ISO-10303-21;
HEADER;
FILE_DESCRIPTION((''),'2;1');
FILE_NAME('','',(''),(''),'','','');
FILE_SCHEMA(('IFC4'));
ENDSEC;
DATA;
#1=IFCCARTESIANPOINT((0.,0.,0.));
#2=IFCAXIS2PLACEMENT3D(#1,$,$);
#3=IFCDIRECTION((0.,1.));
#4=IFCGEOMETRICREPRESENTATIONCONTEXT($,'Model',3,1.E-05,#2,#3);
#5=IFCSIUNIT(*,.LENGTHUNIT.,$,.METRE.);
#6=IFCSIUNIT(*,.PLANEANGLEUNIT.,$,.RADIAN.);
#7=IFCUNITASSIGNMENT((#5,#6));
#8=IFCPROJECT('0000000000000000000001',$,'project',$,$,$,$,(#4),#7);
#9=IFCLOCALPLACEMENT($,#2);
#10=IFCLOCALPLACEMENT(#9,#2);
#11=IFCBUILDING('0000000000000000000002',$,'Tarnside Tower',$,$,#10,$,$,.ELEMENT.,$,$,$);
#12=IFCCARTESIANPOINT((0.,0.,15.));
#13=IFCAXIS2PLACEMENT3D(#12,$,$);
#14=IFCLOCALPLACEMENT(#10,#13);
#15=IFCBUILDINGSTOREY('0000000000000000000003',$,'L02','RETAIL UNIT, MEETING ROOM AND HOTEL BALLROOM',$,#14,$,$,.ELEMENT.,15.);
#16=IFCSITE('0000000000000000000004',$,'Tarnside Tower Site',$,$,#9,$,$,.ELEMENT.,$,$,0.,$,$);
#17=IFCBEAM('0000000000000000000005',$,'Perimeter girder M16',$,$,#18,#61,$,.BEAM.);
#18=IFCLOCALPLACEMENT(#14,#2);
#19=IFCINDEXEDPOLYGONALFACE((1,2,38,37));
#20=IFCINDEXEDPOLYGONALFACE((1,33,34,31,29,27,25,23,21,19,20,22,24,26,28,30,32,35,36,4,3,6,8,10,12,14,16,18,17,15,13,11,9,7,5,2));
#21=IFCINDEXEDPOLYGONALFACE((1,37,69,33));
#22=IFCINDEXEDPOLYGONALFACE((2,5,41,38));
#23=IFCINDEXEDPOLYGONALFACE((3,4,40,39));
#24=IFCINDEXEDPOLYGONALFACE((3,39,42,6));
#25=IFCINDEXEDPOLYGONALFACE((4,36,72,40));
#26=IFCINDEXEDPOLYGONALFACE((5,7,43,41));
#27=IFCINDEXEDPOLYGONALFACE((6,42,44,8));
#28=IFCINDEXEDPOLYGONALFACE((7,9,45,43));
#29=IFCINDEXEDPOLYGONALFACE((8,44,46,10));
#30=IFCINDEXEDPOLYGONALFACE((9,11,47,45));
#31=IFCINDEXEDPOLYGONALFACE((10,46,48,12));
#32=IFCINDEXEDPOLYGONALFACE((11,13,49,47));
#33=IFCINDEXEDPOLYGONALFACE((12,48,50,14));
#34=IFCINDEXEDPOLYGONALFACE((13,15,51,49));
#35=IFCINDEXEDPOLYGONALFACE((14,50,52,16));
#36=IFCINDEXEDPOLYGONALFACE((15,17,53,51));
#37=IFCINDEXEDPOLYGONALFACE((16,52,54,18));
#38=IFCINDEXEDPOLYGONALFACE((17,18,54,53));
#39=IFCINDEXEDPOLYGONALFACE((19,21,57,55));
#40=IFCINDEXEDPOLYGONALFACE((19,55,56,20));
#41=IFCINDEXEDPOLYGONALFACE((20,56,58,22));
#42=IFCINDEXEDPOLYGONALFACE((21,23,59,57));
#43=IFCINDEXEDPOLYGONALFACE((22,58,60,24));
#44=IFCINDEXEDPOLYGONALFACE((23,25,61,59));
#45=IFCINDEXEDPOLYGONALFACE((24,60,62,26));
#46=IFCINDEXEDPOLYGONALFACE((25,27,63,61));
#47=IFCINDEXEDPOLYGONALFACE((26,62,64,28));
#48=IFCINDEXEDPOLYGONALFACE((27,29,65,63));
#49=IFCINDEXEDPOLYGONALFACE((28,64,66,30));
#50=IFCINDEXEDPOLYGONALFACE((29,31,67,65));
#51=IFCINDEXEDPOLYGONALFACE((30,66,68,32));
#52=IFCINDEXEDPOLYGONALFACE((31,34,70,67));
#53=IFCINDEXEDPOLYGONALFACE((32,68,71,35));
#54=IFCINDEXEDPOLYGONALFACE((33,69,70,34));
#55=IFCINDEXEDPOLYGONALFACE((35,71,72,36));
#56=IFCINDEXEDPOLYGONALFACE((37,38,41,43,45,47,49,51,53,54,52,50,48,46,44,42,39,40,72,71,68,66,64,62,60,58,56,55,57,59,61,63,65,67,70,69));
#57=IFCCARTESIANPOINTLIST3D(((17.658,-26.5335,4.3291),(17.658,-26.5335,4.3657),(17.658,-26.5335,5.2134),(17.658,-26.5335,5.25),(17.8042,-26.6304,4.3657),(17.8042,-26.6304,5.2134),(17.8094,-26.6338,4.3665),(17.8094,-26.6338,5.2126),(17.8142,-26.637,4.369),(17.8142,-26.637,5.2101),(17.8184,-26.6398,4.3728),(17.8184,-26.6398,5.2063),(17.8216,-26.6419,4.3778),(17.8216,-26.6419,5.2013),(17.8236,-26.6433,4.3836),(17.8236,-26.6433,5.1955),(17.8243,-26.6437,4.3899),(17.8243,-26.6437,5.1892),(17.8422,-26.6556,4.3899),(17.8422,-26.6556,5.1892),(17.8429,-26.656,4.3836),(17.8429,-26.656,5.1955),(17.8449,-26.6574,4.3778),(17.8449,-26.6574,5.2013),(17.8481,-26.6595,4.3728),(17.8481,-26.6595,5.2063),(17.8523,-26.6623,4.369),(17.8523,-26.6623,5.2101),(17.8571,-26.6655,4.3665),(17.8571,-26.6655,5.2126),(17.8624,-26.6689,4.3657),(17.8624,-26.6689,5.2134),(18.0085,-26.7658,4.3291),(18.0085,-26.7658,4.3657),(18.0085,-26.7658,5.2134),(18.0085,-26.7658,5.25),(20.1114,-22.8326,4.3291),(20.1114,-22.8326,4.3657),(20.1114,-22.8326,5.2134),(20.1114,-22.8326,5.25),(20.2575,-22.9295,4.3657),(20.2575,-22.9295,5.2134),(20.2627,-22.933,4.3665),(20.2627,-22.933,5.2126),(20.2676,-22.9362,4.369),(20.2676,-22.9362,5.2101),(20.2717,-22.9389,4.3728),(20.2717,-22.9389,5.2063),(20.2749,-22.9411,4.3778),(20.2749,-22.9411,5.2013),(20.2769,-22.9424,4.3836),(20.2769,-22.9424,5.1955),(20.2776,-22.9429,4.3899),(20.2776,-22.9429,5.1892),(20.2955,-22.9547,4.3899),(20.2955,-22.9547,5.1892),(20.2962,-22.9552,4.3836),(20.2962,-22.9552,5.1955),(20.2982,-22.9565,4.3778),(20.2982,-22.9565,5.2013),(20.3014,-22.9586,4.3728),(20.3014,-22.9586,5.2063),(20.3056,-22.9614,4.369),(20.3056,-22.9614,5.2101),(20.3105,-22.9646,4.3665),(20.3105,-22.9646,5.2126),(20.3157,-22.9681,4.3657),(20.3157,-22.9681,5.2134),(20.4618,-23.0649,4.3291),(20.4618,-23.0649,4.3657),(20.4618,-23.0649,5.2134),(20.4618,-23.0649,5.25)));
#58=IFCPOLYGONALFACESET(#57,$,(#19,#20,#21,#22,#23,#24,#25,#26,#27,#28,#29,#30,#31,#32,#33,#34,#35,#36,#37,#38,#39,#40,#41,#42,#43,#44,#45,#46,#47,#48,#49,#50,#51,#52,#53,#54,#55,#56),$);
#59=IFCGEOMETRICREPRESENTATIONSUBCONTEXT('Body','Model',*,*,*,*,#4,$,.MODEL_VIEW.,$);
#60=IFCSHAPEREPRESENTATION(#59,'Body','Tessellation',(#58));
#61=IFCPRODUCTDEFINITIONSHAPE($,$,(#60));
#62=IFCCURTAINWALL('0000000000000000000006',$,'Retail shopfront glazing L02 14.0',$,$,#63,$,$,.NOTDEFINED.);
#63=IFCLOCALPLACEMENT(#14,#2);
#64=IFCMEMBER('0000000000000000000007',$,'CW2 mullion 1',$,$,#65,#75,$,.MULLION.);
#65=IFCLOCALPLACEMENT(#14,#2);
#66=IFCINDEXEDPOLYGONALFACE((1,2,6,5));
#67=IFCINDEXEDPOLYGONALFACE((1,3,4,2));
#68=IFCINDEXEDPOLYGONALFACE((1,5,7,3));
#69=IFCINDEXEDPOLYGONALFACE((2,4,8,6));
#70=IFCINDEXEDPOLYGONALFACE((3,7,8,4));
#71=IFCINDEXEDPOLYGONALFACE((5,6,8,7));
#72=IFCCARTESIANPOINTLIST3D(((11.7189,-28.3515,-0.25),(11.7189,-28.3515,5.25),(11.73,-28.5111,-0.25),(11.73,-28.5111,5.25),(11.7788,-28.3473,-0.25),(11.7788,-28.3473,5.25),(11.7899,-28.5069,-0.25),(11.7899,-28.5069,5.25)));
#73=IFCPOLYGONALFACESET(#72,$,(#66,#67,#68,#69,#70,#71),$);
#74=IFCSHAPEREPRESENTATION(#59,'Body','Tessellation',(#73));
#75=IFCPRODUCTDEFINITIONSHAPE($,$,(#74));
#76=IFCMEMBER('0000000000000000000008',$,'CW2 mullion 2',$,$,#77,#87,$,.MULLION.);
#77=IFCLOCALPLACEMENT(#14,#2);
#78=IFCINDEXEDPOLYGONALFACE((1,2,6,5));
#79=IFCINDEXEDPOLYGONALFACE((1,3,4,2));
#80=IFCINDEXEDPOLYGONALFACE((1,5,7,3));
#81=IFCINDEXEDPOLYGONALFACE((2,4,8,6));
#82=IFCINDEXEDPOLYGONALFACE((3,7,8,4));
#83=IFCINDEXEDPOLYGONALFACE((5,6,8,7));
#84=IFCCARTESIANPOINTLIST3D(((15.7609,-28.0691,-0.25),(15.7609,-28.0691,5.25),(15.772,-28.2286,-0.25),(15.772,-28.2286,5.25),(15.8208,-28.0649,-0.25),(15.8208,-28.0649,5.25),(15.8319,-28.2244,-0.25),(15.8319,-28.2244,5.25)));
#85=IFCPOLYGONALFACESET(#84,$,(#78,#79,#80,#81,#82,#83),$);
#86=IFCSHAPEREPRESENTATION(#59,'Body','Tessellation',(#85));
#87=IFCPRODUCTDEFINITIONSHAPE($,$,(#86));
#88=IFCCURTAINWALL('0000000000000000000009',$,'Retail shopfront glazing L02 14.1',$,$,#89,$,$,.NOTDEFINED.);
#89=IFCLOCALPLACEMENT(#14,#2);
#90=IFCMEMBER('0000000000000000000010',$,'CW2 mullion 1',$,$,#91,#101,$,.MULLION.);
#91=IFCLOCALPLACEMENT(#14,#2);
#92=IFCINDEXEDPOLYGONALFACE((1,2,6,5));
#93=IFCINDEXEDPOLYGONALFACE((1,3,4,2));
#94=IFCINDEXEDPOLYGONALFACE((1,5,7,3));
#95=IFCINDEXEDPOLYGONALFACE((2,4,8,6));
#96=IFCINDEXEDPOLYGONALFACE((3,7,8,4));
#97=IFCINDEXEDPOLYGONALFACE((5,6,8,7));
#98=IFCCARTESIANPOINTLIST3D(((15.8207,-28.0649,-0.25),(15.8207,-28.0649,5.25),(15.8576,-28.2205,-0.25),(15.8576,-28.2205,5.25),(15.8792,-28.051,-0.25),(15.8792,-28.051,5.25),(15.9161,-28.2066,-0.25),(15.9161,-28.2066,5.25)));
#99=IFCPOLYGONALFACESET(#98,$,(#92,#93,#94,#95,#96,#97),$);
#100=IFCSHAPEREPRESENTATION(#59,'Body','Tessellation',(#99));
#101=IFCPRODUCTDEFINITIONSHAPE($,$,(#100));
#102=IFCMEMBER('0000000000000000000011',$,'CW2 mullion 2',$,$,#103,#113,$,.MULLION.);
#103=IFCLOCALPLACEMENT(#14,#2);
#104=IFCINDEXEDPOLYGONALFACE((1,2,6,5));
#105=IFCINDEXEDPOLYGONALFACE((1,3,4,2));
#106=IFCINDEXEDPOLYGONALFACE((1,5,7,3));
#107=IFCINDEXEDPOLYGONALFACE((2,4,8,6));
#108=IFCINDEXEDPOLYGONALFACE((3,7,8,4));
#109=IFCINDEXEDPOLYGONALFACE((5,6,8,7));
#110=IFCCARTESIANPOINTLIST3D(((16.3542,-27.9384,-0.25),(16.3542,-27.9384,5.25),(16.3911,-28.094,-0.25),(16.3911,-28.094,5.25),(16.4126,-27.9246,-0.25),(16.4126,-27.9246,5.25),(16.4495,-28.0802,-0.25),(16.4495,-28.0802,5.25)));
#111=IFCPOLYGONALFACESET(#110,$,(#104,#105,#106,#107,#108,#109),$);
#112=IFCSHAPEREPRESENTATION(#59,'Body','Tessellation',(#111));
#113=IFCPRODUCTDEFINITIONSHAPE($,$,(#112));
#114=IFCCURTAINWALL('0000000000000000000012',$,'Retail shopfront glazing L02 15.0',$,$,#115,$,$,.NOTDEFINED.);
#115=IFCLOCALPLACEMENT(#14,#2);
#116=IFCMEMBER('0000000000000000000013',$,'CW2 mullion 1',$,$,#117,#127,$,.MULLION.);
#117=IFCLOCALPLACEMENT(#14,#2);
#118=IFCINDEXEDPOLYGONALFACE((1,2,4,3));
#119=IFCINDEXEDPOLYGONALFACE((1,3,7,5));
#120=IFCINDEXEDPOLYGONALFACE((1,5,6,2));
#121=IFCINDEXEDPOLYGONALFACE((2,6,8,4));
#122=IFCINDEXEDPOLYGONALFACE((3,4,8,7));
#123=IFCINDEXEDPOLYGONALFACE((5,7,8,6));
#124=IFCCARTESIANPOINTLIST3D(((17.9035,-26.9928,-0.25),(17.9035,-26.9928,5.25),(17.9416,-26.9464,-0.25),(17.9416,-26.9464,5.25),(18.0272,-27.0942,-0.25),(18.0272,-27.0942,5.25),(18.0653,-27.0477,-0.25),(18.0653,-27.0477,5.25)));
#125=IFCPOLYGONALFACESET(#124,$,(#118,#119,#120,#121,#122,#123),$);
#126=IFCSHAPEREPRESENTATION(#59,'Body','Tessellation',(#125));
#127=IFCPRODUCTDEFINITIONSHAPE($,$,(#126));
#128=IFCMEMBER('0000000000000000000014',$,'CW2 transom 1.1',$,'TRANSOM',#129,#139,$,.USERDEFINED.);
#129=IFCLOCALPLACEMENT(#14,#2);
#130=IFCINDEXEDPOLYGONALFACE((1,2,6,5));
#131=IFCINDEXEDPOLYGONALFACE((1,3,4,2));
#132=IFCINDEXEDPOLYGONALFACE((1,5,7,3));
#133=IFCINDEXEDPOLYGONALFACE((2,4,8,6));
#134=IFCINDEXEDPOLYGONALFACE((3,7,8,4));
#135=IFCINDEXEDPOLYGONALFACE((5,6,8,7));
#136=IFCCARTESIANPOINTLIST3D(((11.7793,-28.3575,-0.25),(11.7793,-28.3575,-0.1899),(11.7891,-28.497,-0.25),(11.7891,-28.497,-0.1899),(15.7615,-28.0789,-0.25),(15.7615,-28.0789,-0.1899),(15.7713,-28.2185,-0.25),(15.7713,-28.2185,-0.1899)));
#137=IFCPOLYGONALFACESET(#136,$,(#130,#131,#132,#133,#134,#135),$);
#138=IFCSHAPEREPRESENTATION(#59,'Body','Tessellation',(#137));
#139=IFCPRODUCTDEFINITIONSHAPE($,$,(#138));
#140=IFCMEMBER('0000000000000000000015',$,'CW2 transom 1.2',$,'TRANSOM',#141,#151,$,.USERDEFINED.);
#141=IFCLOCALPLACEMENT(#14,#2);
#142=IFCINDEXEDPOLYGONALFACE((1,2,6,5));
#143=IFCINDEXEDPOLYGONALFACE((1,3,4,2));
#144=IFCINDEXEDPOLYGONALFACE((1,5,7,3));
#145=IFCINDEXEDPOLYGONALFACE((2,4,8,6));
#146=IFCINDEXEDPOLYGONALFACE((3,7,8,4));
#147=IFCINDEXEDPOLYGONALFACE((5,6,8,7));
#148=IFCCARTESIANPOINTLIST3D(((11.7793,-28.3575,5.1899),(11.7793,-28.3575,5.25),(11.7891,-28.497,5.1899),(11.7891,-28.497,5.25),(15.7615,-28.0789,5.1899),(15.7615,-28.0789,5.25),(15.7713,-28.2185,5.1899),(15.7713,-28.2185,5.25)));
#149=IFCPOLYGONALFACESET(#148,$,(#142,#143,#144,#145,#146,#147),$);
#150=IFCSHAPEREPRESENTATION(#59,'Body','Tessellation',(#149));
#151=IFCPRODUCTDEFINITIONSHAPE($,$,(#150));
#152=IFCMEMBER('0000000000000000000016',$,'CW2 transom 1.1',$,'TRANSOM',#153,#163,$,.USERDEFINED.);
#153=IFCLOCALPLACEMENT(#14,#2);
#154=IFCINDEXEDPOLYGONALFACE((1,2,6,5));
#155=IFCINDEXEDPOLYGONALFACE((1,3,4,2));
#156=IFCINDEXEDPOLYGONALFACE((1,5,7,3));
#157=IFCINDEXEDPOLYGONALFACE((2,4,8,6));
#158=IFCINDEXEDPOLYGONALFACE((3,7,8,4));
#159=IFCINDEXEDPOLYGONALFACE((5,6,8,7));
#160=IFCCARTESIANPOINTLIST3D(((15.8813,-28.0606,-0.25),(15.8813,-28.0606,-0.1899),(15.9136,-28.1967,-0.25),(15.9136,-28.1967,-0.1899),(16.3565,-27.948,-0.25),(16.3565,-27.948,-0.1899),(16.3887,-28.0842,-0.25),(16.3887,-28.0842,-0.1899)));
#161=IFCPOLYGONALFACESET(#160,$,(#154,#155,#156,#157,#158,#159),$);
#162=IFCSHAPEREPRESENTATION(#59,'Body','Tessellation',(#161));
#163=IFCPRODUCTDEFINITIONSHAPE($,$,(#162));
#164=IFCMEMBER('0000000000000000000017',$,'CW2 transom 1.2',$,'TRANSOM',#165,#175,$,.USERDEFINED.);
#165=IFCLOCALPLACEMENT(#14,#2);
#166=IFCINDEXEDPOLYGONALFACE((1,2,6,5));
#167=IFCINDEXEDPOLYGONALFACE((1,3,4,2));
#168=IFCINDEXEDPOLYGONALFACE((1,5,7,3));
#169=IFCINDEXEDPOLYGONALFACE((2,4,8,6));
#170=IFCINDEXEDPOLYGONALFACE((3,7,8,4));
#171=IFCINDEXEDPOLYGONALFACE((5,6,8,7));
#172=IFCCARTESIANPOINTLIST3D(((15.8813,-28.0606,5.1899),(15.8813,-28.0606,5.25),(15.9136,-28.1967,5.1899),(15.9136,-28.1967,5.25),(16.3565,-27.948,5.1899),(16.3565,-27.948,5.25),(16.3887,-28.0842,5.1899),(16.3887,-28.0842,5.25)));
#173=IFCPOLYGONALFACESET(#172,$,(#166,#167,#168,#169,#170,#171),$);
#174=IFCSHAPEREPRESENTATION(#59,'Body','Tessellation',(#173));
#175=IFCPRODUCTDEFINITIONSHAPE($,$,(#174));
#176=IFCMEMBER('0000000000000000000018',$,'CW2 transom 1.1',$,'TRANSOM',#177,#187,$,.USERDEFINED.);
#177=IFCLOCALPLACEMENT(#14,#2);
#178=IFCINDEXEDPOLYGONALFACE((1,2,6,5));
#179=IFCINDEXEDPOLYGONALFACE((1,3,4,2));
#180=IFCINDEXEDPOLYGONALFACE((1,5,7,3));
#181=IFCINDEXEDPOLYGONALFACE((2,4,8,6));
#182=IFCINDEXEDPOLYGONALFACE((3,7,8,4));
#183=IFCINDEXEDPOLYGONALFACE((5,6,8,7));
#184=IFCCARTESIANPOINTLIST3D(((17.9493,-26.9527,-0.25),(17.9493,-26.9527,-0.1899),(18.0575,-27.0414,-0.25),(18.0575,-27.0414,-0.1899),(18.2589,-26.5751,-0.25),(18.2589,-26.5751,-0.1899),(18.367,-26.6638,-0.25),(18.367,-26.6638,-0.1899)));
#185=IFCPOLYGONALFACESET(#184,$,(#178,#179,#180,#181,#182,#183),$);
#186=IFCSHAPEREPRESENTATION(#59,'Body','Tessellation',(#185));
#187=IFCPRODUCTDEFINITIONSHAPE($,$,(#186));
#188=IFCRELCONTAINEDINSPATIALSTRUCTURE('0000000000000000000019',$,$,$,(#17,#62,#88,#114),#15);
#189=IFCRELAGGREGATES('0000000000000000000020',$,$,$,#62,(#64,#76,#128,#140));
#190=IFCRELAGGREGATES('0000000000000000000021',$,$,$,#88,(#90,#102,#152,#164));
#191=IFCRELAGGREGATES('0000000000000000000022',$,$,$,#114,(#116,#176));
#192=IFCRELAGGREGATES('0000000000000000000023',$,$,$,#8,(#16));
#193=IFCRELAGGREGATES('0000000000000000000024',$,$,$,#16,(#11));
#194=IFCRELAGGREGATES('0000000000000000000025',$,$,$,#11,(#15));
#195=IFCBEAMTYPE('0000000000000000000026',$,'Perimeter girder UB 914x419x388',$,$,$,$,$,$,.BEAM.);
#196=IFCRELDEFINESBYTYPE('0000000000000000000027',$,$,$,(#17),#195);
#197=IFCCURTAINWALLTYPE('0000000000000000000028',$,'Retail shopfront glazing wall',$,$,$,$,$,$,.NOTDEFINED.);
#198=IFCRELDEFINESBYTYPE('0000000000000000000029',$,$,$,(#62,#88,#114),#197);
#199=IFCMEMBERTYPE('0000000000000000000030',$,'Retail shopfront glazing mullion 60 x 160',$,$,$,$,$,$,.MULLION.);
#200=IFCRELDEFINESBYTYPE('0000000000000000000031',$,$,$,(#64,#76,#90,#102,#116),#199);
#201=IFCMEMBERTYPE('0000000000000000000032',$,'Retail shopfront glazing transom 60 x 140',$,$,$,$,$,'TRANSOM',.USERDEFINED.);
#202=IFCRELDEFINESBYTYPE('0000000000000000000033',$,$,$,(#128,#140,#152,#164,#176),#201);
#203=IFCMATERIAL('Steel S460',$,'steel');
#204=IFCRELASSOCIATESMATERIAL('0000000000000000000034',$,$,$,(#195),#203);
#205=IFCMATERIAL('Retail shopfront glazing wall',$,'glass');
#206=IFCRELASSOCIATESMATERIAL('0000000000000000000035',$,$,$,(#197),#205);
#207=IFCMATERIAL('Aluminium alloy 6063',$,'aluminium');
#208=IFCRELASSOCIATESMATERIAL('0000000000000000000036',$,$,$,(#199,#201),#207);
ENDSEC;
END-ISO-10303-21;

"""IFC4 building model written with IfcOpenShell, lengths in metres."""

from ifc_helpers import new_model, si_unit, direction, frame, origin, origin_2d, place, context, subcontext, project, spatial, rectangle, i_section, extrude, material, material_profile, profile_set, type_object, element, aggregate, save


model = new_model("IFC4")

# Units and contexts
model_context = context("Model", 3, precision=1e-05, world=origin(), true_north=direction((0.0, 1.0)))
body_context = subcontext(model_context, "Body", "Model", "MODEL_VIEW")
ifc_project = project(units=[si_unit("LENGTHUNIT", "METRE"), si_unit("PLANEANGLEUNIT", "RADIAN")], contexts=[model_context])

# Site, building, storey
site_placement = place(None, origin())
site = spatial("IfcSite", under=ifc_project, at=site_placement, Name="Tarnside Tower Site", CompositionType="ELEMENT", RefElevation=0.0)
building_placement = place(site_placement, origin())
building = spatial("IfcBuilding", under=site, at=building_placement, Name="Tarnside Tower", CompositionType="ELEMENT")
storey_placement = place(building_placement, frame((0.0, 0.0, 15.0)))
storey = spatial("IfcBuildingStorey", under=building, at=storey_placement, Name="L02", Description="RETAIL UNIT, MEETING ROOM AND HOTEL BALLROOM", CompositionType="ELEMENT", Elevation=15.0)

# Beam
ifc_material_1 = material(Name="Steel S460", Category="steel")
ifc_material_profile_1 = material_profile(ifc_material_1, i_section(OverallWidth=0.4204, OverallDepth=0.9209, WebThickness=0.0215, FlangeThickness=0.0366, FilletRadius=0.0242, at=origin_2d()), Name="UB 914x419x388")
ifc_profile_set_1 = profile_set([ifc_material_profile_1], Name="Steel S460")
beam_type_1 = type_object("IfcBeamType", Name="Perimeter girder UB 914x419x388", PredefinedType="BEAM", material=ifc_profile_set_1)
for number, where, z_axis, x_axis, name in (
    (1, (17.8333, -26.6497, 4.7896), (0.552529, 0.833494, 0.0), (-0.833494, 0.552529, 0.0), "Perimeter girder M16"),
):
    element("IfcBeam", number, at=place(storey_placement, frame(where, z_axis=z_axis, x_axis=x_axis)), inside=storey, type_object=beam_type_1, Name=name, PredefinedType="BEAM", context=body_context, shape_type="SweptSolid", body=[
        extrude(i_section(OverallWidth=0.4204, OverallDepth=0.9209, WebThickness=0.0215, FlangeThickness=0.0366, FilletRadius=0.0242, at=origin_2d()), origin(), (0.0, 0.0, 1.0), 4.4402),
    ])

# Curtain walls, members
ifc_material_2 = material(Name="Retail shopfront glazing wall", Category="glass")
curtain_wall_type = type_object("IfcCurtainWallType", Name="Retail shopfront glazing wall", PredefinedType="NOTDEFINED", material=ifc_material_2)
curtain_wall_1_placement = place(storey_placement, origin())
curtain_wall_1 = element("IfcCurtainWall", 2, at=curtain_wall_1_placement, inside=storey, type_object=curtain_wall_type, Name="Retail shopfront glazing L02 14.0", PredefinedType="NOTDEFINED")
ifc_material_3 = material(Name="Aluminium alloy 6063", Category="aluminium")
ifc_material_profile_2 = material_profile(ifc_material_3, rectangle(XDim=0.1599, YDim=0.0601, at=origin_2d()), Name="Retail shopfront glazing mullion 60 x 160")
ifc_profile_set_2 = profile_set([ifc_material_profile_2], Name="Aluminium alloy 6063")
member_type_1 = type_object("IfcMemberType", Name="Retail shopfront glazing mullion 60 x 160", PredefinedType="MULLION", material=ifc_profile_set_2)
member_1_placement = place(storey_placement, frame((11.7544, -28.4292, -0.25), z_axis=(0.0, 0.0, 1.0), x_axis=(-0.069756, 0.997564, 0.0)))
member_1 = element("IfcMember", 3, at=member_1_placement, type_object=member_type_1, Name="CW2 mullion 1", PredefinedType="MULLION", context=body_context, shape_type="SweptSolid", body=[
    extrude(rectangle(XDim=0.1599, YDim=0.0601, at=origin_2d()), origin(), (0.0, 0.0, 1.0), 5.5),
])
member_2_placement = place(storey_placement, frame((15.7964, -28.1467, -0.25), z_axis=(0.0, 0.0, 1.0), x_axis=(-0.069756, 0.997564, 0.0)))
member_2 = element("IfcMember", 4, at=member_2_placement, type_object=member_type_1, Name="CW2 mullion 2", PredefinedType="MULLION", context=body_context, shape_type="SweptSolid", body=[
    extrude(rectangle(XDim=0.1599, YDim=0.0601, at=origin_2d()), origin(), (0.0, 0.0, 1.0), 5.5),
])
curtain_wall_2_placement = place(storey_placement, origin())
curtain_wall_2 = element("IfcCurtainWall", 5, at=curtain_wall_2_placement, inside=storey, type_object=curtain_wall_type, Name="Retail shopfront glazing L02 14.1", PredefinedType="NOTDEFINED")
member_3_placement = place(storey_placement, frame((15.8684, -28.1357, -0.25), z_axis=(0.0, 0.0, 1.0), x_axis=(-0.230616, 0.973045, 0.0)))
member_3 = element("IfcMember", 6, at=member_3_placement, type_object=member_type_1, Name="CW2 mullion 1", PredefinedType="MULLION", context=body_context, shape_type="SweptSolid", body=[
    extrude(rectangle(XDim=0.1599, YDim=0.0601, at=origin_2d()), origin(), (0.0, 0.0, 1.0), 5.5),
])
member_4_placement = place(storey_placement, frame((16.4019, -28.0093, -0.25), z_axis=(0.0, 0.0, 1.0), x_axis=(-0.230616, 0.973045, 0.0)))
member_4 = element("IfcMember", 7, at=member_4_placement, type_object=member_type_1, Name="CW2 mullion 2", PredefinedType="MULLION", context=body_context, shape_type="SweptSolid", body=[
    extrude(rectangle(XDim=0.1599, YDim=0.0601, at=origin_2d()), origin(), (0.0, 0.0, 1.0), 5.5),
])

# Curtain wall, member
curtain_wall_3_placement = place(storey_placement, origin())
curtain_wall_3 = element("IfcCurtainWall", 8, at=curtain_wall_3_placement, inside=storey, type_object=curtain_wall_type, Name="Retail shopfront glazing L02 15.0", PredefinedType="NOTDEFINED")
member_5_placement = place(storey_placement, frame((17.9844, -27.0203, -0.25), z_axis=(0.0, 0.0, 1.0), x_axis=(-0.773472, 0.633831, 0.0)))
member_5 = element("IfcMember", 9, at=member_5_placement, type_object=member_type_1, Name="CW2 mullion 1", PredefinedType="MULLION", context=body_context, shape_type="SweptSolid", body=[
    extrude(rectangle(XDim=0.1599, YDim=0.0601, at=origin_2d()), origin(), (0.0, 0.0, 1.0), 5.5),
])

# Members
ifc_material_profile_3 = material_profile(ifc_material_3, rectangle(XDim=0.1399, YDim=0.0601, at=origin_2d()), Name="Retail shopfront glazing transom 60 x 140")
ifc_profile_set_3 = profile_set([ifc_material_profile_3], Name="Aluminium alloy 6063")
member_type_2 = type_object("IfcMemberType", Name="Retail shopfront glazing transom 60 x 140", ElementType="TRANSOM", PredefinedType="USERDEFINED", material=ifc_profile_set_3)
member_6_placement = place(storey_placement, frame((11.7842, -28.4272, -0.22), z_axis=(0.997562, 0.069782, 0.0), x_axis=(-0.069782, 0.997562, 0.0)))
member_6 = element("IfcMember", 10, at=member_6_placement, type_object=member_type_2, Name="CW2 transom 1.1", ObjectType="TRANSOM", PredefinedType="USERDEFINED", context=body_context, shape_type="SweptSolid", body=[
    extrude(rectangle(XDim=0.1399, YDim=0.0601, at=origin_2d()), origin(), (0.0, 0.0, 1.0), 3.9919),
])
member_7_placement = place(storey_placement, frame((11.7842, -28.4272, 5.22), z_axis=(0.997562, 0.069782, 0.0), x_axis=(-0.069782, 0.997562, 0.0)))
member_7 = element("IfcMember", 11, at=member_7_placement, type_object=member_type_2, Name="CW2 transom 1.2", ObjectType="TRANSOM", PredefinedType="USERDEFINED", context=body_context, shape_type="SweptSolid", body=[
    extrude(rectangle(XDim=0.1399, YDim=0.0601, at=origin_2d()), origin(), (0.0, 0.0, 1.0), 3.9919),
])
member_8_placement = place(storey_placement, frame((15.8975, -28.1287, -0.22), z_axis=(0.973068, 0.230516, 0.0), x_axis=(-0.230516, 0.973068, 0.0)))
member_8 = element("IfcMember", 12, at=member_8_placement, type_object=member_type_2, Name="CW2 transom 1.1", ObjectType="TRANSOM", PredefinedType="USERDEFINED", context=body_context, shape_type="SweptSolid", body=[
    extrude(rectangle(XDim=0.1399, YDim=0.0601, at=origin_2d()), origin(), (0.0, 0.0, 1.0), 0.4883),
])
member_9_placement = place(storey_placement, frame((15.8975, -28.1287, 5.22), z_axis=(0.973068, 0.230516, 0.0), x_axis=(-0.230516, 0.973068, 0.0)))
member_9 = element("IfcMember", 13, at=member_9_placement, type_object=member_type_2, Name="CW2 transom 1.2", ObjectType="TRANSOM", PredefinedType="USERDEFINED", context=body_context, shape_type="SweptSolid", body=[
    extrude(rectangle(XDim=0.1399, YDim=0.0601, at=origin_2d()), origin(), (0.0, 0.0, 1.0), 0.4883),
])
member_10_placement = place(storey_placement, frame((18.0034, -26.9971, -0.22), z_axis=(0.633918, 0.7734, 0.0), x_axis=(-0.7734, 0.633918, 0.0)))
member_10 = element("IfcMember", 14, at=member_10_placement, type_object=member_type_2, Name="CW2 transom 1.1", ObjectType="TRANSOM", PredefinedType="USERDEFINED", context=body_context, shape_type="SweptSolid", body=[
    extrude(rectangle(XDim=0.1399, YDim=0.0601, at=origin_2d()), origin(), (0.0, 0.0, 1.0), 0.4883),
])

aggregate(curtain_wall_1, [member_1, member_2, member_6, member_7])
aggregate(curtain_wall_2, [member_3, member_4, member_8, member_9])
aggregate(curtain_wall_3, [member_5, member_10])

save(model, "model.ifc")
